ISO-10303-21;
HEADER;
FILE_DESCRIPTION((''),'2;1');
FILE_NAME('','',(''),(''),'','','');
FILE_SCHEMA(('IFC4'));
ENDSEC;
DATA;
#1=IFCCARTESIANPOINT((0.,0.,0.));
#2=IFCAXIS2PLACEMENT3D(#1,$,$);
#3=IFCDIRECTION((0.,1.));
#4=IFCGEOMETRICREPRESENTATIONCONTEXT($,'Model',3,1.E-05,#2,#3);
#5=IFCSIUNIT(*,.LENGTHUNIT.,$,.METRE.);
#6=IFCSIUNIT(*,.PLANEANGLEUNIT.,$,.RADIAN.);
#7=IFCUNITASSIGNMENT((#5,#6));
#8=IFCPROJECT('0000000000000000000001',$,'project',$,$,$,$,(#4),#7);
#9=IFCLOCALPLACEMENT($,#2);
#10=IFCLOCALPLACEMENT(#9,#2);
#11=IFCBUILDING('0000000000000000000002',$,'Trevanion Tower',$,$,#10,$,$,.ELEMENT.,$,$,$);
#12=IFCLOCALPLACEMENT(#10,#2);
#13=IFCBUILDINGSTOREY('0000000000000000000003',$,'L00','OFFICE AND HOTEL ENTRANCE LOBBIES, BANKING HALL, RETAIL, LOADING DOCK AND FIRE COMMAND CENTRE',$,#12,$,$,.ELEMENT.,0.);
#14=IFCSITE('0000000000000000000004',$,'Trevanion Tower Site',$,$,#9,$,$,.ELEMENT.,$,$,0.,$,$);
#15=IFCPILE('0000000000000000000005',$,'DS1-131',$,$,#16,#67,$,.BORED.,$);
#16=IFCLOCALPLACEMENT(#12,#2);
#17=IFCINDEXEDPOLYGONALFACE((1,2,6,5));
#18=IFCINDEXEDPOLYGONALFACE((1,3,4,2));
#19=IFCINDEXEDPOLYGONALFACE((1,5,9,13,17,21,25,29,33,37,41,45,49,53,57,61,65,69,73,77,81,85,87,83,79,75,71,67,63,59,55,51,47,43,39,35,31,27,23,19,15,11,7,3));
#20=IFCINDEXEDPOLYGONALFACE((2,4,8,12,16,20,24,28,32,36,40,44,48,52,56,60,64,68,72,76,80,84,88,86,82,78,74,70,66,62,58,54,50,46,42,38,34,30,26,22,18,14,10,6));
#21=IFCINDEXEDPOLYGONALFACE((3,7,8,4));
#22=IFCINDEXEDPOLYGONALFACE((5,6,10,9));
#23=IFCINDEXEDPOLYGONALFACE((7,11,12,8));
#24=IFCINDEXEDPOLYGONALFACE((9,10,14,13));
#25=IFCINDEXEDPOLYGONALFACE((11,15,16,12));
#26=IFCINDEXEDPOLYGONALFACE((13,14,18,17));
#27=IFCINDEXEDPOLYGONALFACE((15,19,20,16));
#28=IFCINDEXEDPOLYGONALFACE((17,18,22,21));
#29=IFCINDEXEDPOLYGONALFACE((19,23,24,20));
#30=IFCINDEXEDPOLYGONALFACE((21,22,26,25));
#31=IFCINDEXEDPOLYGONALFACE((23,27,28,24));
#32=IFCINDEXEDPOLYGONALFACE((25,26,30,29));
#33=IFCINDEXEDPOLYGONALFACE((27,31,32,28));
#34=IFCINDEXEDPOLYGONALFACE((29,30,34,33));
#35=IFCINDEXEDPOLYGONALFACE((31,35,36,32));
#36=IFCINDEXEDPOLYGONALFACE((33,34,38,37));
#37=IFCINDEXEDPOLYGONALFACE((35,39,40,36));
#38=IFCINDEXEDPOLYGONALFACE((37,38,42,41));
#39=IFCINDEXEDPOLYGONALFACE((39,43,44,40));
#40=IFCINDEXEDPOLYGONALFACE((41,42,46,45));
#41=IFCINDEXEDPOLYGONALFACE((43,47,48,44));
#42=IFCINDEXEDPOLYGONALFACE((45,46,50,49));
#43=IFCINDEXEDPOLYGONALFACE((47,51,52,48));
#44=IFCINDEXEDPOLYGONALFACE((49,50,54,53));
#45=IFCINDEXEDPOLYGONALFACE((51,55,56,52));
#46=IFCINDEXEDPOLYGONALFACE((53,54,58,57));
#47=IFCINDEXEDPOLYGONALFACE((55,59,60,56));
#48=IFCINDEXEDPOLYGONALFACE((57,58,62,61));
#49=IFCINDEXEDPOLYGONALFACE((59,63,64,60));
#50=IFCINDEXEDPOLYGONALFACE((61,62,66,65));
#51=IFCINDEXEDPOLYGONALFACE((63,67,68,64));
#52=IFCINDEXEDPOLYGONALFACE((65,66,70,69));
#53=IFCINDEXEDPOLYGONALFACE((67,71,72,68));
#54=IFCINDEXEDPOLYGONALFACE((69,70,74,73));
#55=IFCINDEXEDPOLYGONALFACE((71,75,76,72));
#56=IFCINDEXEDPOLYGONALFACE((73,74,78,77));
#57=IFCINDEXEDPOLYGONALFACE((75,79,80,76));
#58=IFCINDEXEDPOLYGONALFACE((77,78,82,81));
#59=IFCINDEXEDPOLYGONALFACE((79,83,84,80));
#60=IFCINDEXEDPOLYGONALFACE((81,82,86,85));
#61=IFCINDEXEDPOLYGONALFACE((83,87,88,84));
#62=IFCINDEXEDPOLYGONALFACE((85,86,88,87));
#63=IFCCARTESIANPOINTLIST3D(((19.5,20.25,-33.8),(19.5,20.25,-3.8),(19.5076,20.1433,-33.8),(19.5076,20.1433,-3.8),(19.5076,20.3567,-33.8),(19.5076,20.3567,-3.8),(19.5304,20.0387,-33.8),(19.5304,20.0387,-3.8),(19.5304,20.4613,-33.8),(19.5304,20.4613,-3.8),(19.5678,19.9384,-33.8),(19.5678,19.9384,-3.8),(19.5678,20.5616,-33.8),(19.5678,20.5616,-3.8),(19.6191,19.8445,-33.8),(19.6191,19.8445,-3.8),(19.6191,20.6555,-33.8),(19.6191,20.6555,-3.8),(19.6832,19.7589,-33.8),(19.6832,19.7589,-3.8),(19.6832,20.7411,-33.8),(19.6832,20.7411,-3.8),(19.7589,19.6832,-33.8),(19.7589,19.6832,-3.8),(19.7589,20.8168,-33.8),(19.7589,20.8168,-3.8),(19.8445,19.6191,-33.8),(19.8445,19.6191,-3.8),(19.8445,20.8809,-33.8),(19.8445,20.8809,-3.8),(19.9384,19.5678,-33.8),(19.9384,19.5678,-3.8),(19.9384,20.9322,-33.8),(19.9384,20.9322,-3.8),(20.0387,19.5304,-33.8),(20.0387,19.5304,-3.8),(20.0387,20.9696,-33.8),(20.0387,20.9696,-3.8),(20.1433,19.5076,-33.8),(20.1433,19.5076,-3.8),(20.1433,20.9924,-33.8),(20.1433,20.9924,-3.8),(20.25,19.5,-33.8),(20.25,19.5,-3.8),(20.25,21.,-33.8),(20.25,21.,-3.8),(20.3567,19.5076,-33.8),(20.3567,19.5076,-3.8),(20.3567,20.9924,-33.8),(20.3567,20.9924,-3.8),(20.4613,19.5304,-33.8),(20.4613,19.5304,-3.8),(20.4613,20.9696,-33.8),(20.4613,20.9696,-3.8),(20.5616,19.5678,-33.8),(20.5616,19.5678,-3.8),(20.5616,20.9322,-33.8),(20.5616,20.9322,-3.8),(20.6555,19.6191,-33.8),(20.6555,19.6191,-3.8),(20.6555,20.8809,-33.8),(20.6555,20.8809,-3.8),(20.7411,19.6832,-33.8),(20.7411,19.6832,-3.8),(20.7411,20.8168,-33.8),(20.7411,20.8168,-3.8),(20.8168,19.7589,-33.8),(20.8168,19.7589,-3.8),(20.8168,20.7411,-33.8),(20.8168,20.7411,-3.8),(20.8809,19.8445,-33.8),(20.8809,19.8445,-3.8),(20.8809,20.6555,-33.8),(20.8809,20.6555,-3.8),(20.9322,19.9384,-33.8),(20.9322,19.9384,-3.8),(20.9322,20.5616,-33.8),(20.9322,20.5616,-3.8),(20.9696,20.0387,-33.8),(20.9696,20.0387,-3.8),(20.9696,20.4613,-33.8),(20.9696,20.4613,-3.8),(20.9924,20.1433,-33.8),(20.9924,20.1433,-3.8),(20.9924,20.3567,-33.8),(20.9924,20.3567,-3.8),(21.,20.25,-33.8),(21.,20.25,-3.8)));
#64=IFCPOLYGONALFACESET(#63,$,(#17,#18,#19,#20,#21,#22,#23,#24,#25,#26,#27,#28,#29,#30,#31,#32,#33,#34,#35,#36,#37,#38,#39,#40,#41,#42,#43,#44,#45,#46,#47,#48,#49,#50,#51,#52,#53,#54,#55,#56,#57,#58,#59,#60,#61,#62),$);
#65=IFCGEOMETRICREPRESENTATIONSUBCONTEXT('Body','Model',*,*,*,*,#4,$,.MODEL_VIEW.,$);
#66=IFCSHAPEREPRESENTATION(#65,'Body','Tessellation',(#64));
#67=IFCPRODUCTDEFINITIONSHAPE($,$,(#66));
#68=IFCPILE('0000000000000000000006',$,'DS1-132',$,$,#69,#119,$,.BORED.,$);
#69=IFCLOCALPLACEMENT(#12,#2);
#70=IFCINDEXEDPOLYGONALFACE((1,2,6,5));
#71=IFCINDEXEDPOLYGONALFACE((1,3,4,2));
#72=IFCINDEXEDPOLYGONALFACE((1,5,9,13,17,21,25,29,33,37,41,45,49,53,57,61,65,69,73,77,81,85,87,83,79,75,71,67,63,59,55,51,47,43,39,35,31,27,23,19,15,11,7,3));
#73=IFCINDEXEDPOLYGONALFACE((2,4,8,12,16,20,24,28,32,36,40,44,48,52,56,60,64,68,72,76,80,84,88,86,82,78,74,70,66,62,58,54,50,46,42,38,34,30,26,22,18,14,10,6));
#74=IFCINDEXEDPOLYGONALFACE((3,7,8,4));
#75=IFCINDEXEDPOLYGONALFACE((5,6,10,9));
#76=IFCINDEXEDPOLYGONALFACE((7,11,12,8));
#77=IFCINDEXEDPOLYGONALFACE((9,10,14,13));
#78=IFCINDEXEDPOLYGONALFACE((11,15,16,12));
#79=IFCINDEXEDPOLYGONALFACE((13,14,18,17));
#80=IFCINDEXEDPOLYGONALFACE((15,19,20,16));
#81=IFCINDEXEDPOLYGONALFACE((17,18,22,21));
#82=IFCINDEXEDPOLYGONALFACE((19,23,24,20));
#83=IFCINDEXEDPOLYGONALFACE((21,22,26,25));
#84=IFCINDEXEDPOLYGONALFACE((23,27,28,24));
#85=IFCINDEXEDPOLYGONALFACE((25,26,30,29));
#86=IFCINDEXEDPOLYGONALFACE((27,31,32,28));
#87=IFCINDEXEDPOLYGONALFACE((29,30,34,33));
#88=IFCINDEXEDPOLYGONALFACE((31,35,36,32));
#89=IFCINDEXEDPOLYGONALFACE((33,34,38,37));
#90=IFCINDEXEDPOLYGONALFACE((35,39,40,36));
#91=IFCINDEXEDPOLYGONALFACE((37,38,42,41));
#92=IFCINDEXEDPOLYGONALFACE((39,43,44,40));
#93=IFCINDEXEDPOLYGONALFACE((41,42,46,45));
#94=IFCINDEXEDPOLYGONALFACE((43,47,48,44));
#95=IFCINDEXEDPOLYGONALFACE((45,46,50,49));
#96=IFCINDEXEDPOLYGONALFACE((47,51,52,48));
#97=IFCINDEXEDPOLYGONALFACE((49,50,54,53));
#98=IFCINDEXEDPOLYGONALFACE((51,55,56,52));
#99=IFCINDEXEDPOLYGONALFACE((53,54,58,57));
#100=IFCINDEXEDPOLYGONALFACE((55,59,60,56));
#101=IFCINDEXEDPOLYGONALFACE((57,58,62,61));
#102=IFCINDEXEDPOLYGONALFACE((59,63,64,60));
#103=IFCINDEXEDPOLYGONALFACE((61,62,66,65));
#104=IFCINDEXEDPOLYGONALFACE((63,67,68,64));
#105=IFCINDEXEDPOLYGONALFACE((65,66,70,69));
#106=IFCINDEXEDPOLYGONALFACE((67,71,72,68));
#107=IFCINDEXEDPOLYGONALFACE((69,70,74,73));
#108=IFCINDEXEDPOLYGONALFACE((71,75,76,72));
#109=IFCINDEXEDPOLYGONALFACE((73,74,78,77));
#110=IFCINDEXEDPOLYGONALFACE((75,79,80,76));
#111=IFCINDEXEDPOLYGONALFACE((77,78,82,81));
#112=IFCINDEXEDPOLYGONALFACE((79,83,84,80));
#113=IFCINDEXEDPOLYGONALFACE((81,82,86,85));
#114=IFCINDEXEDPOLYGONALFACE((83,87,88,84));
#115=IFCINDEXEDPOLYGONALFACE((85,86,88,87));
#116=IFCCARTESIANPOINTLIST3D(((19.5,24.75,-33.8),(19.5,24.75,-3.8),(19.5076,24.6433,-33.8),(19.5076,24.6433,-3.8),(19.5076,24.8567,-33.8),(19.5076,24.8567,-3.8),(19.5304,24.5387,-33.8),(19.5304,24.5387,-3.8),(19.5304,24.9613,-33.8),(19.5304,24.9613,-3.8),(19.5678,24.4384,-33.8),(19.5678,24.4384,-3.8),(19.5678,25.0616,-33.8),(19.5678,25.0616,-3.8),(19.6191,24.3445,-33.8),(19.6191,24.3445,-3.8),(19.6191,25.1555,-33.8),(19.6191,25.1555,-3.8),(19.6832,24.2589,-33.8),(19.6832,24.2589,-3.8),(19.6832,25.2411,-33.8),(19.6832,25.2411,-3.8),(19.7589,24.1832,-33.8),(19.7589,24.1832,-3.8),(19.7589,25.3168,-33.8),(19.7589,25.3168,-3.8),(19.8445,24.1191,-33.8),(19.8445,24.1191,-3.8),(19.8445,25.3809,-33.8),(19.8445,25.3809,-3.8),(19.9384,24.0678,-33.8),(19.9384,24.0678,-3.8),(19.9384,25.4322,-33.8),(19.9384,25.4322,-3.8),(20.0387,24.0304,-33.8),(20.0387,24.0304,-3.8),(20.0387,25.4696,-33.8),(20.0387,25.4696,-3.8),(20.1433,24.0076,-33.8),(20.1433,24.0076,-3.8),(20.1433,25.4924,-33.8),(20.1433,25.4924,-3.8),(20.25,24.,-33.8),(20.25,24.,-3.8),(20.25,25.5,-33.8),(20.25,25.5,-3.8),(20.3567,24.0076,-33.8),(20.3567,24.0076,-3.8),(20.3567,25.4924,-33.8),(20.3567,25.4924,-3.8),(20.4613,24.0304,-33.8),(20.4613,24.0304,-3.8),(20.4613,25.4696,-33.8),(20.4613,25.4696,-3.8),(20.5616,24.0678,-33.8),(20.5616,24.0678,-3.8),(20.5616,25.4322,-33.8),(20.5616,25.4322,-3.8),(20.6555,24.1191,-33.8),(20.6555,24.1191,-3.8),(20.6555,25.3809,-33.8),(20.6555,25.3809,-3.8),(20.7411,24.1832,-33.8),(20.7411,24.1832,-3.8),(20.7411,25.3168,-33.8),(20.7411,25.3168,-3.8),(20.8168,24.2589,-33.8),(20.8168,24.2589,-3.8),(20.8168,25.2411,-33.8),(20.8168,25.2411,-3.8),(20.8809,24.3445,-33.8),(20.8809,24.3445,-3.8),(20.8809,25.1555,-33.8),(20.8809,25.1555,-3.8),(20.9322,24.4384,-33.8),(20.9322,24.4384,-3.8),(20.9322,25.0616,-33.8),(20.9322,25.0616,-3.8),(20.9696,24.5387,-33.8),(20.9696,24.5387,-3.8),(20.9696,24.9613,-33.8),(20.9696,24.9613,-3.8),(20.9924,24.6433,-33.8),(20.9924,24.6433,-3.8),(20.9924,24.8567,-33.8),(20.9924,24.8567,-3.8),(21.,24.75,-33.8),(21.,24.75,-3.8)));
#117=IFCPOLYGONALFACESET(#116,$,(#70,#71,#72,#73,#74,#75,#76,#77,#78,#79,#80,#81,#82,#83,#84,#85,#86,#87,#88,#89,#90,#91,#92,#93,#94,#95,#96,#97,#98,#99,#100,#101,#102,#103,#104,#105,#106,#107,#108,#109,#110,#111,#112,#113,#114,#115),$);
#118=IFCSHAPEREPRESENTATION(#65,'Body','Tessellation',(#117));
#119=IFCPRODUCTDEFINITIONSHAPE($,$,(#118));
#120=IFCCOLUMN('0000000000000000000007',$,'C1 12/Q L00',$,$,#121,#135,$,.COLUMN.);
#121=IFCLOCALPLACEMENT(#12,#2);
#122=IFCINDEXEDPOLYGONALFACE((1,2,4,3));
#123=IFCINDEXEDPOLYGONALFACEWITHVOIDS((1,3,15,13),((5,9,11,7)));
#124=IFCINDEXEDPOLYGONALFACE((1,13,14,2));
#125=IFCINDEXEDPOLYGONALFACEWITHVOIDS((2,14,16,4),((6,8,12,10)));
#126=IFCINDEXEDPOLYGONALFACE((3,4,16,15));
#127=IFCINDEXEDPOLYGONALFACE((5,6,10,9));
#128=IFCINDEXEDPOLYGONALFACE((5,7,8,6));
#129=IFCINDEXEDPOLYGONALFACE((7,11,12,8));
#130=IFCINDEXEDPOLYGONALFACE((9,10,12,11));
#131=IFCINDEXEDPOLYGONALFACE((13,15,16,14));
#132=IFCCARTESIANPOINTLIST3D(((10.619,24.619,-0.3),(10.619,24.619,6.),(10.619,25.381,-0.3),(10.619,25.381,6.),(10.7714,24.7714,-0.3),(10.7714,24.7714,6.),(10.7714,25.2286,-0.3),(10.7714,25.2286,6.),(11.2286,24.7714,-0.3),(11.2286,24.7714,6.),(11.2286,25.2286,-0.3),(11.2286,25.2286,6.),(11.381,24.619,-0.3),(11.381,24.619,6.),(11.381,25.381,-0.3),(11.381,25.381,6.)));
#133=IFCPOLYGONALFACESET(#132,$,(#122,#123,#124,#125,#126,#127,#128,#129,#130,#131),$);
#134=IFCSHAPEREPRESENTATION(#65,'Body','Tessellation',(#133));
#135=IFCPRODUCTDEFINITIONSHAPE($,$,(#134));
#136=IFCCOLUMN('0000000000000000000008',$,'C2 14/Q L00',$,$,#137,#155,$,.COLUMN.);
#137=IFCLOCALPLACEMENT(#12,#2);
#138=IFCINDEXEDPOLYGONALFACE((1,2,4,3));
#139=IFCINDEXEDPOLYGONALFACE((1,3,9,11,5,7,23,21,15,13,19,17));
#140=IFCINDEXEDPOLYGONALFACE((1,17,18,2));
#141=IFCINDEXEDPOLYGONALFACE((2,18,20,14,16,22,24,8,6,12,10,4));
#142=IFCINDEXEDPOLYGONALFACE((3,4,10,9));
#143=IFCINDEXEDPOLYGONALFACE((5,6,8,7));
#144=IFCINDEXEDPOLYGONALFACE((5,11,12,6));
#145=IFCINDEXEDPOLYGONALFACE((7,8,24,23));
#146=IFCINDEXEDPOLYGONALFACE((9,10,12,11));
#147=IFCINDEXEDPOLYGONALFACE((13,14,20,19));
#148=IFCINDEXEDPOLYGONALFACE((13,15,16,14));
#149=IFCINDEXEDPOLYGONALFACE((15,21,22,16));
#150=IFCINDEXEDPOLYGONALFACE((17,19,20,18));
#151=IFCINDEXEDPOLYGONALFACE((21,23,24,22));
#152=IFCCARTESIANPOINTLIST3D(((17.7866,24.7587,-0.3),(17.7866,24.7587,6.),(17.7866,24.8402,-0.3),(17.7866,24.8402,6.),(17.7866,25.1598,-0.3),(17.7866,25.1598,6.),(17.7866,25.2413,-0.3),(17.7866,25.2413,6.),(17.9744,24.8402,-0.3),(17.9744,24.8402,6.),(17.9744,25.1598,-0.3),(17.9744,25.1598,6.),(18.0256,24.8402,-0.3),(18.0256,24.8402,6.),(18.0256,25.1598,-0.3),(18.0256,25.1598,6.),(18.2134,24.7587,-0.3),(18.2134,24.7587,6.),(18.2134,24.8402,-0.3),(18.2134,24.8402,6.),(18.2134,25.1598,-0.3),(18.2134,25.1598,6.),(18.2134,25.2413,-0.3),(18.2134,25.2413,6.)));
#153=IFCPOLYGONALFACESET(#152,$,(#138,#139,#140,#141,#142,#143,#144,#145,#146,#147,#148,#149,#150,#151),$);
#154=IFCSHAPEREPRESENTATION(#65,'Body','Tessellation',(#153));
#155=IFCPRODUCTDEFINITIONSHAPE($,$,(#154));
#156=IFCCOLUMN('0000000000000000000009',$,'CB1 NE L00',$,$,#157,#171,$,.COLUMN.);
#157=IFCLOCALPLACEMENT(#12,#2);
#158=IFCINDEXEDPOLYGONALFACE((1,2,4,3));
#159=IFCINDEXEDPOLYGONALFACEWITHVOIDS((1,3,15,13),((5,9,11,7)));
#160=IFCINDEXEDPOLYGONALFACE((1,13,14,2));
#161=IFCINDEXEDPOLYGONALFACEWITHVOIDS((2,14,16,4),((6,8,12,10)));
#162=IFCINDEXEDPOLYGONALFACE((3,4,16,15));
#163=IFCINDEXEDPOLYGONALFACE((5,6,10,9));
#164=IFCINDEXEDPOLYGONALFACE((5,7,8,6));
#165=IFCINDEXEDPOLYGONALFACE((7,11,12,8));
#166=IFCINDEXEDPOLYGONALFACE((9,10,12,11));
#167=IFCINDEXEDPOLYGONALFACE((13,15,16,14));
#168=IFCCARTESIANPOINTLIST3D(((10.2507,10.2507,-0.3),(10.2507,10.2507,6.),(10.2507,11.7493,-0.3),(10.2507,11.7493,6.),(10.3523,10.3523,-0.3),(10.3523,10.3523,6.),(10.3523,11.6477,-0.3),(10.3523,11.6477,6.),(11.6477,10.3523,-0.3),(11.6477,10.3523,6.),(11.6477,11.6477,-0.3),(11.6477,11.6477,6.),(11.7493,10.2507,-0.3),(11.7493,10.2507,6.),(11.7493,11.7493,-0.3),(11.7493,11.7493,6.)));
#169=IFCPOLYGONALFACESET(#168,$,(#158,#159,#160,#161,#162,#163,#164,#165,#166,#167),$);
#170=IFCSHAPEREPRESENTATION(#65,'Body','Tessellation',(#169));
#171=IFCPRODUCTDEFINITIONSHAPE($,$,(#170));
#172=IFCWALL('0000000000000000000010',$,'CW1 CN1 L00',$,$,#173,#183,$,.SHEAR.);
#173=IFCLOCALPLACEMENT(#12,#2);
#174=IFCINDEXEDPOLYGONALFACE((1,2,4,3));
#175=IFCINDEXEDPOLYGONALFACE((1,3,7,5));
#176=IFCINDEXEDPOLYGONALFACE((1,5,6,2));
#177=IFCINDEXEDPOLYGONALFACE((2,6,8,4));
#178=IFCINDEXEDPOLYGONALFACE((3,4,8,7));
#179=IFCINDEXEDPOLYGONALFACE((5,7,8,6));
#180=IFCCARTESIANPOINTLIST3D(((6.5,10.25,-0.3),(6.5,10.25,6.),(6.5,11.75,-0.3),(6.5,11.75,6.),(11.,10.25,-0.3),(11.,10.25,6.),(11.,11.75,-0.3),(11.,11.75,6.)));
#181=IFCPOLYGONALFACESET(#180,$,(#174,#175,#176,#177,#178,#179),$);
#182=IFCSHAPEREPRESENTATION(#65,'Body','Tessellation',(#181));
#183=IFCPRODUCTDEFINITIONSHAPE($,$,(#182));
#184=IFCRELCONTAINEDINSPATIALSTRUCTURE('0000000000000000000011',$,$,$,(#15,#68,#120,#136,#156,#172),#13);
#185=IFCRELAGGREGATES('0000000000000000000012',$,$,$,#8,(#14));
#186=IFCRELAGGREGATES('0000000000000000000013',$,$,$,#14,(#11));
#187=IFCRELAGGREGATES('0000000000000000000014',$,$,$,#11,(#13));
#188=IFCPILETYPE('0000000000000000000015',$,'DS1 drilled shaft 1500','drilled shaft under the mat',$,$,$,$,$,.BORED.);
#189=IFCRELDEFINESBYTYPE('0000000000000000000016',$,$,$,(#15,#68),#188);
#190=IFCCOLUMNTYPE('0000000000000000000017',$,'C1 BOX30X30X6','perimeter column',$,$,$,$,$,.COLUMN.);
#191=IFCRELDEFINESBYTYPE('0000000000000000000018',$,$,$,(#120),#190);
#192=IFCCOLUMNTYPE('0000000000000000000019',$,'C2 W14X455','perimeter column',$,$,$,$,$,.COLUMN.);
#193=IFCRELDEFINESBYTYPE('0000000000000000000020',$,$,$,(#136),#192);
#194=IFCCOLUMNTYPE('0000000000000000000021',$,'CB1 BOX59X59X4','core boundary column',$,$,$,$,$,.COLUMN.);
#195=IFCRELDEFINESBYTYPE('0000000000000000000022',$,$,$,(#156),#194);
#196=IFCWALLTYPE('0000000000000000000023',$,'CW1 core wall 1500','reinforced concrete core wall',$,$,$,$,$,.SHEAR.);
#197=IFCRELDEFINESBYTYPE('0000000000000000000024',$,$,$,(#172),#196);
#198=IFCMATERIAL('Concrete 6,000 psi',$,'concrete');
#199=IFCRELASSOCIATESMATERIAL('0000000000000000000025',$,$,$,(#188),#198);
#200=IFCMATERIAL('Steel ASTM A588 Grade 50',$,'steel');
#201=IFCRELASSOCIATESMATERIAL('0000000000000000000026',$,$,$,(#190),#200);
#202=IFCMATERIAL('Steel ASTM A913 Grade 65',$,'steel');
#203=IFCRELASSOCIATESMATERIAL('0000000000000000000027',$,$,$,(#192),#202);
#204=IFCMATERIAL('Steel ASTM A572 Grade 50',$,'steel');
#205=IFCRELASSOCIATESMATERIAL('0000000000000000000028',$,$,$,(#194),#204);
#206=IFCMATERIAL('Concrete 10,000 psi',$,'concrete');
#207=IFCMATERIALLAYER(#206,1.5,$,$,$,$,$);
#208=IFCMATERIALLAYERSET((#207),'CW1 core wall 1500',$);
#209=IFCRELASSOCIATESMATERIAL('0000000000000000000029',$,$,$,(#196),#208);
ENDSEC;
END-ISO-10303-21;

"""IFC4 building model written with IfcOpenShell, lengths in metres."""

from ifc_helpers import new_model, si_unit, direction, frame, frame_2d, origin, origin_2d, place, context, subcontext, project, spatial, rectangle, hollow_rectangle, circle, i_section, extrude, material, layer, layer_set, material_profile, profile_set, type_object, element, save


model = new_model("IFC4")

# Units and contexts
model_context = context("Model", 3, precision=1e-05, world=origin(), true_north=direction((0.0, 1.0)))
body_context = subcontext(model_context, "Body", "Model", "MODEL_VIEW")
ifc_project = project(units=[si_unit("LENGTHUNIT", "METRE"), si_unit("PLANEANGLEUNIT", "RADIAN")], contexts=[model_context])

# Site, building, storey
site_placement = place(None, origin())
site = spatial("IfcSite", under=ifc_project, at=site_placement, Name="Trevanion Tower Site", CompositionType="ELEMENT", RefElevation=0.0)
building_placement = place(site_placement, origin())
building = spatial("IfcBuilding", under=site, at=building_placement, Name="Trevanion Tower", CompositionType="ELEMENT")
storey_placement = place(building_placement, origin())
storey = spatial("IfcBuildingStorey", under=building, at=storey_placement, Name="L00", Description="OFFICE AND HOTEL ENTRANCE LOBBIES, BANKING HALL, RETAIL, LOADING DOCK AND FIRE COMMAND CENTRE", CompositionType="ELEMENT", Elevation=0.0)

# Piles
ifc_material_1 = material(Name="Concrete 6,000 psi", Category="concrete")
ifc_material_profile_1 = material_profile(ifc_material_1, circle(Radius=0.75, at=origin_2d()), Name="DS1 drilled shaft 1500")
ifc_profile_set_1 = profile_set([ifc_material_profile_1], Name="Concrete 6,000 psi")
pile_type = type_object("IfcPileType", Name="DS1 drilled shaft 1500", Description="drilled shaft under the mat", PredefinedType="BORED", material=ifc_profile_set_1)
for number, where, z_axis, x_axis, name in (
    (1, (20.25, 20.25, -3.8), (0.0, 0.0, -1.0), (1.0, 0.0, 0.0), "DS1-131"),
    (2, (20.25, 24.75, -3.8), (0.0, 0.0, -1.0), (1.0, 0.0, 0.0), "DS1-132"),
):
    element("IfcPile", number, at=place(storey_placement, frame(where, z_axis=z_axis, x_axis=x_axis)), inside=storey, type_object=pile_type, Name=name, PredefinedType="BORED", context=body_context, shape_type="SweptSolid", body=[
        extrude(circle(Radius=0.75, at=origin_2d()), origin(), (0.0, 0.0, 1.0), 30.0),
    ])

# Columns
ifc_material_2 = material(Name="Steel ASTM A588 Grade 50", Category="steel")
ifc_material_profile_2 = material_profile(ifc_material_2, hollow_rectangle(XDim=0.762, YDim=0.762, WallThickness=0.1523, at=origin_2d()), Name="BOX30X30X6")
ifc_profile_set_2 = profile_set([ifc_material_profile_2], Name="Steel ASTM A588 Grade 50")
column_type_1 = type_object("IfcColumnType", Name="C1 BOX30X30X6", Description="perimeter column", PredefinedType="COLUMN", material=ifc_profile_set_2)
column_1_placement = place(storey_placement, frame((11.0, 25.0, -0.3), z_axis=(0.0, 0.0, 1.0), x_axis=(1.0, 0.0, 0.0)))
element("IfcColumn", 3, at=column_1_placement, inside=storey, type_object=column_type_1, Name="C1 12/Q L00", PredefinedType="COLUMN", context=body_context, shape_type="SweptSolid", body=[
    extrude(hollow_rectangle(XDim=0.762, YDim=0.762, WallThickness=0.1523, at=origin_2d()), origin(), (0.0, 0.0, 1.0), 6.3),
])
ifc_material_3 = material(Name="Steel ASTM A913 Grade 65", Category="steel")
ifc_material_profile_3 = material_profile(ifc_material_3, i_section(OverallWidth=0.4268, OverallDepth=0.4827, WebThickness=0.0513, FlangeThickness=0.0815, at=origin_2d()), Name="W14X455")
ifc_profile_set_3 = profile_set([ifc_material_profile_3], Name="Steel ASTM A913 Grade 65")
column_type_2 = type_object("IfcColumnType", Name="C2 W14X455", Description="perimeter column", PredefinedType="COLUMN", material=ifc_profile_set_3)
column_2_placement = place(storey_placement, frame((18.0, 25.0, -0.3), z_axis=(0.0, 0.0, 1.0), x_axis=(1.0, 0.0, 0.0)))
element("IfcColumn", 4, at=column_2_placement, inside=storey, type_object=column_type_2, Name="C2 14/Q L00", PredefinedType="COLUMN", context=body_context, shape_type="SweptSolid", body=[
    extrude(i_section(OverallWidth=0.4268, OverallDepth=0.4827, WebThickness=0.0513, FlangeThickness=0.0815, at=origin_2d()), origin(), (0.0, 0.0, 1.0), 6.3),
])
ifc_material_4 = material(Name="Steel ASTM A572 Grade 50", Category="steel")
ifc_material_profile_4 = material_profile(ifc_material_4, hollow_rectangle(XDim=1.4985, YDim=1.4985, WallThickness=0.1016, at=origin_2d()), Name="BOX59X59X4")
ifc_profile_set_4 = profile_set([ifc_material_profile_4], Name="Steel ASTM A572 Grade 50")
column_type_3 = type_object("IfcColumnType", Name="CB1 BOX59X59X4", Description="core boundary column", PredefinedType="COLUMN", material=ifc_profile_set_4)
column_3_placement = place(storey_placement, frame((11.0, 11.0, -0.3), z_axis=(0.0, 0.0, 1.0), x_axis=(1.0, 0.0, 0.0)))
element("IfcColumn", 5, at=column_3_placement, inside=storey, type_object=column_type_3, Name="CB1 NE L00", PredefinedType="COLUMN", context=body_context, shape_type="SweptSolid", body=[
    extrude(hollow_rectangle(XDim=1.4985, YDim=1.4985, WallThickness=0.1016, at=origin_2d()), origin(), (0.0, 0.0, 1.0), 6.3),
])

# Wall
ifc_material_5 = material(Name="Concrete 10,000 psi", Category="concrete")
ifc_layer_1 = layer(ifc_material_5, 1.5)
ifc_layer_set_1 = layer_set([ifc_layer_1], Name="CW1 core wall 1500")
wall_type_1 = type_object("IfcWallType", Name="CW1 core wall 1500", Description="reinforced concrete core wall", PredefinedType="SHEAR", material=ifc_layer_set_1)
wall_1_placement = place(storey_placement, frame((11.0, 11.0, -0.3), z_axis=(0.0, 0.0, 1.0), x_axis=(-1.0, 0.0, 0.0)))
element("IfcWall", 6, at=wall_1_placement, inside=storey, type_object=wall_type_1, Name="CW1 CN1 L00", PredefinedType="SHEAR", context=body_context, shape_type="SweptSolid", body=[
    extrude(rectangle(XDim=4.5, YDim=1.5, at=frame_2d((2.25, 0.0))), origin(), (0.0, 0.0, 1.0), 6.3),
])

save(model, "model.ifc")
